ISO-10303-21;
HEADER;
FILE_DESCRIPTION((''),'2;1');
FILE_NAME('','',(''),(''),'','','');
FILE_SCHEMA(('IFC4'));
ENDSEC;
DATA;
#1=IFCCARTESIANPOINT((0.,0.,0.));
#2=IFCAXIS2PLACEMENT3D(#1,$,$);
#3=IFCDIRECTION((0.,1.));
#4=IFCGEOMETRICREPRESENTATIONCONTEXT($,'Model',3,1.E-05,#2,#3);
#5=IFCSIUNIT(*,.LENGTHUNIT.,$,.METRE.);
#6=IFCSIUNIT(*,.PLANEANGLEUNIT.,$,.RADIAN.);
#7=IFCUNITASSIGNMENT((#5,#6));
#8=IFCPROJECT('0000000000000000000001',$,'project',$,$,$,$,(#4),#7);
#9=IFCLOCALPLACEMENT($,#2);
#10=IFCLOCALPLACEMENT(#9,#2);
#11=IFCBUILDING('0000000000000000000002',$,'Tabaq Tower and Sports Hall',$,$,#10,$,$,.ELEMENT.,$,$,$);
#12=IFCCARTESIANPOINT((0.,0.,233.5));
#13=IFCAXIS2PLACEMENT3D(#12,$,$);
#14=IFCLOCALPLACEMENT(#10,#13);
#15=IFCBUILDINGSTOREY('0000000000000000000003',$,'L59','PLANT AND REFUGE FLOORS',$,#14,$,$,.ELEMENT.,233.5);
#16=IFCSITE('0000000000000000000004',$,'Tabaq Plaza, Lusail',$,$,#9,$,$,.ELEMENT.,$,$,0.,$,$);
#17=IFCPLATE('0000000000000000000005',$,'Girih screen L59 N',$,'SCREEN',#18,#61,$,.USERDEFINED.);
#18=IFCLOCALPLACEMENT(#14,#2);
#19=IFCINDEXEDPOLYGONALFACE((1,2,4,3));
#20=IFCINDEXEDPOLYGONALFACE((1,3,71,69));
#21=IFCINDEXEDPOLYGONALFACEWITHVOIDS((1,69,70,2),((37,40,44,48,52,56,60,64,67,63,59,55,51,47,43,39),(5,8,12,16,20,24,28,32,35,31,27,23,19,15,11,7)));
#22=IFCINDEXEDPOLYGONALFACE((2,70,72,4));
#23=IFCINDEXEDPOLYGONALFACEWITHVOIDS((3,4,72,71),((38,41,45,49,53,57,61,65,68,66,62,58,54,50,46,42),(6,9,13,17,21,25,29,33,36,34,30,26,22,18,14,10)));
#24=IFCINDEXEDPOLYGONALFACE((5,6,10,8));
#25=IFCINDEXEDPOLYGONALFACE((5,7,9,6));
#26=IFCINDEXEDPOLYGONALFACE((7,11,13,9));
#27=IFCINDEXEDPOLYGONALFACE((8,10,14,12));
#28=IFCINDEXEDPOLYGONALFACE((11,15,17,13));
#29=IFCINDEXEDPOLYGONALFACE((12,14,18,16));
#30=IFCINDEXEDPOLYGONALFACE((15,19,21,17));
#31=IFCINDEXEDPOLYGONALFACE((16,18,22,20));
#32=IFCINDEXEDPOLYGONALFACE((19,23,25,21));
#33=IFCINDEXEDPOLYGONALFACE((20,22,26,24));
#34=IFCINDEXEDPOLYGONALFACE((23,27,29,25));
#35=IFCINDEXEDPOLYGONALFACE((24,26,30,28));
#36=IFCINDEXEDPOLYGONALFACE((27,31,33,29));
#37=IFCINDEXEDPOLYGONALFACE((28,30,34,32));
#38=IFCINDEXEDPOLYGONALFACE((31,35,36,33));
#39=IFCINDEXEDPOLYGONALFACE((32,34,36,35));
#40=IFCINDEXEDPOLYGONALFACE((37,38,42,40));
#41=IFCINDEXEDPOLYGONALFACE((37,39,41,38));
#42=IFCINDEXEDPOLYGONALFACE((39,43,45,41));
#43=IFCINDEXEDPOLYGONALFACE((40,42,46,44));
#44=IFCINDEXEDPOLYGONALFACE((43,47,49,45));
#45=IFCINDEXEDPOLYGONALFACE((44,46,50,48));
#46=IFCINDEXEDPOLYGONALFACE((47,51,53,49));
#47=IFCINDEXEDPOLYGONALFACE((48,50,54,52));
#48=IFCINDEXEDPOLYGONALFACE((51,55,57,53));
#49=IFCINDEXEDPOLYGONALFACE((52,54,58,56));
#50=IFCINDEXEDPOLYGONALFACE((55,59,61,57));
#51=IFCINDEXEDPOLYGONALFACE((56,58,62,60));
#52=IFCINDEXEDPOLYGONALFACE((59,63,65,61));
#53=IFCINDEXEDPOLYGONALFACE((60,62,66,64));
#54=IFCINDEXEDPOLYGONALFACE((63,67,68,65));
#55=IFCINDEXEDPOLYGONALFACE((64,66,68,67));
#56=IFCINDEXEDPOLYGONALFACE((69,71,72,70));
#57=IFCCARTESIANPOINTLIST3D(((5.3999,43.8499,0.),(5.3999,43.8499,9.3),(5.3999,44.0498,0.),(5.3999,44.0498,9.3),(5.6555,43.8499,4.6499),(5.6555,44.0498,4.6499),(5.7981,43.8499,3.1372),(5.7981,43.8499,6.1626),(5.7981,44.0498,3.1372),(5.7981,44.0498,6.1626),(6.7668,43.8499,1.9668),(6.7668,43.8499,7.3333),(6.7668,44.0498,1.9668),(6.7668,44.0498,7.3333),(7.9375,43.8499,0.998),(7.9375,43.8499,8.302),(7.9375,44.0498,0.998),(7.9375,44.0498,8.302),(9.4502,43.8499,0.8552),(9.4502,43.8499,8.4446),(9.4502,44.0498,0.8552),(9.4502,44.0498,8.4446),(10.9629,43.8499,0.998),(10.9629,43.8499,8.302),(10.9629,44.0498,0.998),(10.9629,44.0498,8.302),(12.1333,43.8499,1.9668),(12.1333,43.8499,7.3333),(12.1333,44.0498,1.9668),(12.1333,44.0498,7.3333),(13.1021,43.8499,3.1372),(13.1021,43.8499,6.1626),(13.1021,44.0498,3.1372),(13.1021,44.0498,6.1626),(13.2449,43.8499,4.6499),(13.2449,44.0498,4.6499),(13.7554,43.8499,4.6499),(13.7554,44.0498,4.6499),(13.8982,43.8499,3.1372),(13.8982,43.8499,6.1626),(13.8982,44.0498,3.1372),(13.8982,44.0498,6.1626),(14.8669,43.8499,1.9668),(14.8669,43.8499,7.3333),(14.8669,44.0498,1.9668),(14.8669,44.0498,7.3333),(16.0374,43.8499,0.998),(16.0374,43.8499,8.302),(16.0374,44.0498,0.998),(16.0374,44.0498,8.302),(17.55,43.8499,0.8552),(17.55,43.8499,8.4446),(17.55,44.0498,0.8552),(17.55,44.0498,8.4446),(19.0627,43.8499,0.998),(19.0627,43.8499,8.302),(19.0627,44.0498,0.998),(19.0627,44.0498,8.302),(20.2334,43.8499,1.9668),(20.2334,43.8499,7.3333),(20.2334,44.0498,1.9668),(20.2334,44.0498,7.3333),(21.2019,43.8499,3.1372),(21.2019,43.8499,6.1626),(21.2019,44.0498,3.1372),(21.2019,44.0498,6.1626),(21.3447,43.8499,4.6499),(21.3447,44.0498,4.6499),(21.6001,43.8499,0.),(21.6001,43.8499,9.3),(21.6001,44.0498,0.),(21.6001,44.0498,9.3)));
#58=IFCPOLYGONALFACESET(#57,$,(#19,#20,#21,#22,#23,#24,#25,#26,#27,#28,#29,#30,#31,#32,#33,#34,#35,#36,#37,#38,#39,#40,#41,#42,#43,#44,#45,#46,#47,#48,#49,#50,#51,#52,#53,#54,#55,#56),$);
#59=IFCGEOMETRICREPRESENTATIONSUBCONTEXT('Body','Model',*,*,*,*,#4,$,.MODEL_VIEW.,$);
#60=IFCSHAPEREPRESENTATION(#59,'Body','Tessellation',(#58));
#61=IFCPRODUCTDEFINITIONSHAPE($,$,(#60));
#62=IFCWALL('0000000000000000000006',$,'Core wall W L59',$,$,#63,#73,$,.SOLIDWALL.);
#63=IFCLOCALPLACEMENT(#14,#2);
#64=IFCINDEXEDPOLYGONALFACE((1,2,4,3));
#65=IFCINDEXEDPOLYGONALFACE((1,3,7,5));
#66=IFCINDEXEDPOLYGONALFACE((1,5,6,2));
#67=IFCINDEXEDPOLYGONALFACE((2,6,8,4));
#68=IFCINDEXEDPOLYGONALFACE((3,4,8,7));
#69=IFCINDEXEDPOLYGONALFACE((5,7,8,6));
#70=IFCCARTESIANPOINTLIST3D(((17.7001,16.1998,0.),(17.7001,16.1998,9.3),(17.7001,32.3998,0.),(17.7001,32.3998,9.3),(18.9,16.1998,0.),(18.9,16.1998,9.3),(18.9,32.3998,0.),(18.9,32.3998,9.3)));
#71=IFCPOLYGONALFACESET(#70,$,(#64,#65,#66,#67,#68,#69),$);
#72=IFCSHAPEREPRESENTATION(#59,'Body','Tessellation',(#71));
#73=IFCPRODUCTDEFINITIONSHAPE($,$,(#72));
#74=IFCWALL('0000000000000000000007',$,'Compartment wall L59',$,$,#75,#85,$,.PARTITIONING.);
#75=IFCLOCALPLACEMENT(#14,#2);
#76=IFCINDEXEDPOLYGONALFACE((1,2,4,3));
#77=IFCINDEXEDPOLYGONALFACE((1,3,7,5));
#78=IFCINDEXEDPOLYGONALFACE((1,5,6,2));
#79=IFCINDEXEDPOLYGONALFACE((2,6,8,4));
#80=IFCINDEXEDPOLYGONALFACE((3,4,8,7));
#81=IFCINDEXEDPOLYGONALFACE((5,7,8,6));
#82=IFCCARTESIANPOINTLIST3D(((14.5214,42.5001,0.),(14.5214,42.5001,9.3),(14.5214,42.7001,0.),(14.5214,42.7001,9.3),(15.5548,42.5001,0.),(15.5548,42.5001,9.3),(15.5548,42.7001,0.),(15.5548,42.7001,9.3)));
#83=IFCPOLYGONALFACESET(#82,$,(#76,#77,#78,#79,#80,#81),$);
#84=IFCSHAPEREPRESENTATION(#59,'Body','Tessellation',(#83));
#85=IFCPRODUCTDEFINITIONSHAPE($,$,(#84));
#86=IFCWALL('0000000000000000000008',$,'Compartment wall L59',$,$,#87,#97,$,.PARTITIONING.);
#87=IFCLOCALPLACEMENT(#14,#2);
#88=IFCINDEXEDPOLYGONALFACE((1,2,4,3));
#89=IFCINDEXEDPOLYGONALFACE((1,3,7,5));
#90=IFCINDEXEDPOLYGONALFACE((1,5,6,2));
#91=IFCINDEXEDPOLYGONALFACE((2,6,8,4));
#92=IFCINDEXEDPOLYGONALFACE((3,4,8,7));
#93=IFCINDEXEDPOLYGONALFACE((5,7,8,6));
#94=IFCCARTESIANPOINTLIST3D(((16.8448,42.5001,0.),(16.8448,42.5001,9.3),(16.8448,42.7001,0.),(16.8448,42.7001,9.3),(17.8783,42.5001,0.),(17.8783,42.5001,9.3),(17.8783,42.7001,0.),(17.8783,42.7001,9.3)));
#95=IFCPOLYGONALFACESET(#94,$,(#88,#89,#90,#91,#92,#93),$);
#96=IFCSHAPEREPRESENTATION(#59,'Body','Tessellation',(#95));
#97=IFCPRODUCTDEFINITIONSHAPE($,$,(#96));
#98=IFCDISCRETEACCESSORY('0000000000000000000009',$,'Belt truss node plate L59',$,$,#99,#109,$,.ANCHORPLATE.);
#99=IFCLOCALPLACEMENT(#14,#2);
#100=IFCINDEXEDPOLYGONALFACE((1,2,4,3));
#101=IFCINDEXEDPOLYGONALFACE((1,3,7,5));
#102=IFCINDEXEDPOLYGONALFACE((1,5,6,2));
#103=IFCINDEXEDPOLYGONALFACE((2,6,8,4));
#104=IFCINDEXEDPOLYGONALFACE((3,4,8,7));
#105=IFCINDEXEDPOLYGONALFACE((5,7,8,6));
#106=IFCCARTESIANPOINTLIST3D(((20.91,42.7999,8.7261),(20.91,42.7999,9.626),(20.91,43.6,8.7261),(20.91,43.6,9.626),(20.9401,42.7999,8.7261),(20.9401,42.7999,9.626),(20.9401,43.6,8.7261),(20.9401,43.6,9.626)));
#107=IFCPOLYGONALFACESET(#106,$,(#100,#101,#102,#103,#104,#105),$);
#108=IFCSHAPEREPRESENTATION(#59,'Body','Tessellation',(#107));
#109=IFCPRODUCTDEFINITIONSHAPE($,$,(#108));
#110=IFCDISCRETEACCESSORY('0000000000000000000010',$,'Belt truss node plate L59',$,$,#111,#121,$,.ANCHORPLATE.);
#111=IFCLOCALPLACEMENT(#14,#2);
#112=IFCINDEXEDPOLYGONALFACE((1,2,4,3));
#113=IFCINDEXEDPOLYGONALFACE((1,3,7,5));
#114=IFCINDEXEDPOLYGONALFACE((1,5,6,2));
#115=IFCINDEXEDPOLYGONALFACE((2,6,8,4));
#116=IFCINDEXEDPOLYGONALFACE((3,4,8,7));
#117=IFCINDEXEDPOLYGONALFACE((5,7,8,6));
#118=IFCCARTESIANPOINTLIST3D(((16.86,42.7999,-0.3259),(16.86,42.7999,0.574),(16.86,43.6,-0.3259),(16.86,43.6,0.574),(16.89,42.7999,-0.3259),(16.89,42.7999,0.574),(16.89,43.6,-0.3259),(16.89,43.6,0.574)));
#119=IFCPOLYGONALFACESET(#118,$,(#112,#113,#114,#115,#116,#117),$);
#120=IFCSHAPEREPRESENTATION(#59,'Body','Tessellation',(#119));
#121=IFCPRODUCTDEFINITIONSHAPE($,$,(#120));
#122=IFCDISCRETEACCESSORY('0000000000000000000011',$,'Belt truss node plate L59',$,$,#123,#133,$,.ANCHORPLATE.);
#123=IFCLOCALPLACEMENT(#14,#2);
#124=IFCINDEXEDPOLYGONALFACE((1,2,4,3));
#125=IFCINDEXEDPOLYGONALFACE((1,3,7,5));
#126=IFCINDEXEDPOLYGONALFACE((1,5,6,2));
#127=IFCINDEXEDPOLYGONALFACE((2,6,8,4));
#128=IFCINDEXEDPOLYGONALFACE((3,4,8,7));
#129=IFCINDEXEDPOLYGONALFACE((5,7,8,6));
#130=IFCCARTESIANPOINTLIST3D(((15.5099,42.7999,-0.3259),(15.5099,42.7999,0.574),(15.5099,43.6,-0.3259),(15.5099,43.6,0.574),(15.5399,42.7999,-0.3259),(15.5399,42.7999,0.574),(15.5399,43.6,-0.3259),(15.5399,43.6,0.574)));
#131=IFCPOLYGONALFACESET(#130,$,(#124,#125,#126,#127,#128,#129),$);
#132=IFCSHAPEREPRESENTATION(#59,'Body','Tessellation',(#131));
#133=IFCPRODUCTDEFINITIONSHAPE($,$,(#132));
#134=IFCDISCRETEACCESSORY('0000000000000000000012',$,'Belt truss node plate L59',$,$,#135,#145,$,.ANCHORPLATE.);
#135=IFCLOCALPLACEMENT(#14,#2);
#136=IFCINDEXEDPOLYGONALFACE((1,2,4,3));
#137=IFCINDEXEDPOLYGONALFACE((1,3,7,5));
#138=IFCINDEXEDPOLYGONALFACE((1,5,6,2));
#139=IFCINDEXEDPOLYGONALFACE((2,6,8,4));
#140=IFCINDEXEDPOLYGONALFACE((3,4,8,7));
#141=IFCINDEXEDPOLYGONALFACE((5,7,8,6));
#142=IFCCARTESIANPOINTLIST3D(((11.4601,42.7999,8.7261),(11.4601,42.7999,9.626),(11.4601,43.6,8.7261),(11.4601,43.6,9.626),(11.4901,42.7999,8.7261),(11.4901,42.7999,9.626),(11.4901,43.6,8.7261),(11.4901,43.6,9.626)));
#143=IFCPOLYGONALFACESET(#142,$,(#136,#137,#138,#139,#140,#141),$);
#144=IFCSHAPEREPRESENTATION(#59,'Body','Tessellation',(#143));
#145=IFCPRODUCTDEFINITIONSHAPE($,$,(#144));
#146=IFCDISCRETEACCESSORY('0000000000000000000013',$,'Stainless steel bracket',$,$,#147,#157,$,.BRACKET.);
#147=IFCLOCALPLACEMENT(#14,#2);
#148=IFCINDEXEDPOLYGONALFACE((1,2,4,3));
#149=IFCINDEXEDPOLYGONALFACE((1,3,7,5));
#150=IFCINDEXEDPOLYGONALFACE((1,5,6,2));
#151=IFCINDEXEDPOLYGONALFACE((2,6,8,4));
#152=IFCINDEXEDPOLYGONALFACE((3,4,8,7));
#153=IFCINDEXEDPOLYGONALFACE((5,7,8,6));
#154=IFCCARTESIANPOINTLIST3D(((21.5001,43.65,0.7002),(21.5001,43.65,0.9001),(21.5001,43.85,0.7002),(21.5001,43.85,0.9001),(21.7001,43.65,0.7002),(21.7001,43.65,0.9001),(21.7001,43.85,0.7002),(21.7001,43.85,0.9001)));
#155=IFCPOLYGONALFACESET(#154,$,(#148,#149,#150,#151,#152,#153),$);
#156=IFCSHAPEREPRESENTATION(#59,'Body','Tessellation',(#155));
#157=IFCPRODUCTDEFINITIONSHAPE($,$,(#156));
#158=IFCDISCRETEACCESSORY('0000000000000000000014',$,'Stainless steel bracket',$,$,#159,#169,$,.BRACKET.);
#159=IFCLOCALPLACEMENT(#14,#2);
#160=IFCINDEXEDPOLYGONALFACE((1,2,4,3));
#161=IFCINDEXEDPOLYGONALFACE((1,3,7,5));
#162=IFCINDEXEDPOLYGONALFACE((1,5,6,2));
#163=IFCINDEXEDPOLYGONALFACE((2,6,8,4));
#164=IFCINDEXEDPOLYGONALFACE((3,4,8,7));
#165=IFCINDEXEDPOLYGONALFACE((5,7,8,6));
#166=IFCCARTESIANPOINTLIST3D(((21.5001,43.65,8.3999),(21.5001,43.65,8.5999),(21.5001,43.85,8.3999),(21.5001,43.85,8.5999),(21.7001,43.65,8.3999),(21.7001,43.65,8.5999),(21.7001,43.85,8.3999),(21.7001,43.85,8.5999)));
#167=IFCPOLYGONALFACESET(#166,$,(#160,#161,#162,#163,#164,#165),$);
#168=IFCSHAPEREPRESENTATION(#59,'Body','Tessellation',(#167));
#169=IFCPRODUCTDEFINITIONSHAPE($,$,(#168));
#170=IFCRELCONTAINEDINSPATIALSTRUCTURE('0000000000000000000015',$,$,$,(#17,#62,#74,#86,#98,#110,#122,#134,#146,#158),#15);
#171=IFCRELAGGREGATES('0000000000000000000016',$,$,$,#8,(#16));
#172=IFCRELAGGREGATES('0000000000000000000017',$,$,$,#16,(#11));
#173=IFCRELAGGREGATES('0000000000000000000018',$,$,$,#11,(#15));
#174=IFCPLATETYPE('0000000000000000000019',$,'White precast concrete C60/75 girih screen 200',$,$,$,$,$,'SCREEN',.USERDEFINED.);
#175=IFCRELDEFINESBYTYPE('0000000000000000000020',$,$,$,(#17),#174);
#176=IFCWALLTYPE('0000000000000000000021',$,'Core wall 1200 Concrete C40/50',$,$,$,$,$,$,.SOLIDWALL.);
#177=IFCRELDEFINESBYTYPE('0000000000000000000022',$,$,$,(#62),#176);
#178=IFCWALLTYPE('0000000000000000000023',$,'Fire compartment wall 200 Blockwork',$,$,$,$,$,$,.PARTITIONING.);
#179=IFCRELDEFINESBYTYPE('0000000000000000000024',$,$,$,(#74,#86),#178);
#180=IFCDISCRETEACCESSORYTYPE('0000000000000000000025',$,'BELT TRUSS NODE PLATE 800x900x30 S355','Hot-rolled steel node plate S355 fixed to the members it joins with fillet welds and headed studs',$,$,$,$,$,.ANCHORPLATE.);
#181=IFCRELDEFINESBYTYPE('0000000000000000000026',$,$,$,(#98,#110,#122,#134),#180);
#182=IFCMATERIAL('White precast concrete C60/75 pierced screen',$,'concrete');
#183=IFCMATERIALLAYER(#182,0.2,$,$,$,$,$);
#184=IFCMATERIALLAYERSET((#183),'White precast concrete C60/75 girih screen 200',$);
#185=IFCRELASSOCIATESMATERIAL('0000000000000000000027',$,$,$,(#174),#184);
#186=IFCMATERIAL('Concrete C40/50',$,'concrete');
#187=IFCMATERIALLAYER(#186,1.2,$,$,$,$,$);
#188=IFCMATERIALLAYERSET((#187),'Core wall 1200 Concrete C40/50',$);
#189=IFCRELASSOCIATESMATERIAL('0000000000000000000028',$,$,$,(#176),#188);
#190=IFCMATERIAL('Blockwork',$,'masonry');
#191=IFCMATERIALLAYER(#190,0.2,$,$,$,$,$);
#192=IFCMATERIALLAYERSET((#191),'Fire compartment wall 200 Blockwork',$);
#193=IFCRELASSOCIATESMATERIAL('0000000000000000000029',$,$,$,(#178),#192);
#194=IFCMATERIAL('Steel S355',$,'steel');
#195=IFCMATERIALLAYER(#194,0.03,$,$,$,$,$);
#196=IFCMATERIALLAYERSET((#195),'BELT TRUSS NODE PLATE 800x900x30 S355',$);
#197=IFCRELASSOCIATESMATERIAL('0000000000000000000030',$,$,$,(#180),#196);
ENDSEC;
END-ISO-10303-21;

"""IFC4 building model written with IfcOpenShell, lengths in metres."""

from ifc_helpers import new_model, si_unit, direction, frame, frame_2d, origin, origin_2d, place, context, subcontext, project, spatial, polyline, rectangle, outline, extrude, material, layer, layer_set, type_object, element, save


model = new_model("IFC4")

# Units and contexts
model_context = context("Model", 3, precision=1e-05, world=origin(), true_north=direction((0.0, 1.0)))
body_context = subcontext(model_context, "Body", "Model", "MODEL_VIEW")
ifc_project = project(units=[si_unit("LENGTHUNIT", "METRE"), si_unit("PLANEANGLEUNIT", "RADIAN")], contexts=[model_context])

# Site, building, storey
site_placement = place(None, origin())
site = spatial("IfcSite", under=ifc_project, at=site_placement, Name="Tabaq Plaza, Lusail", CompositionType="ELEMENT", RefElevation=0.0)
building_placement = place(site_placement, origin())
building = spatial("IfcBuilding", under=site, at=building_placement, Name="Tabaq Tower and Sports Hall", CompositionType="ELEMENT")
storey_placement = place(building_placement, frame((0.0, 0.0, 233.5)))
storey = spatial("IfcBuildingStorey", under=building, at=storey_placement, Name="L59", Description="PLANT AND REFUGE FLOORS", CompositionType="ELEMENT", Elevation=233.5)

# Plate
ifc_material_1 = material(Name="White precast concrete C60/75 pierced screen", Category="concrete")
ifc_layer_1 = layer(ifc_material_1, 0.2)
ifc_layer_set_1 = layer_set([ifc_layer_1], Name="White precast concrete C60/75 girih screen 200")
plate_type_1 = type_object("IfcPlateType", Name="White precast concrete C60/75 girih screen 200", ElementType="SCREEN", PredefinedType="USERDEFINED", material=ifc_layer_set_1)
plate_1_placement = place(storey_placement, frame((21.6001, 43.95, 0.0), z_axis=(0.0, 0.0, 1.0), x_axis=(-1.0, 0.0, 0.0)))
element("IfcPlate", 1, at=plate_1_placement, inside=storey, type_object=plate_type_1, Name="Girih screen L59 N", ObjectType="SCREEN", PredefinedType="USERDEFINED", context=body_context, shape_type="SweptSolid", body=[
    extrude(outline(polyline([(0.0, 0.0), (16.2002, 0.0), (16.2002, 9.3), (0.0, 9.3), (0.0, 0.0)]), holes=[polyline([(7.7019, 6.1626), (6.7332, 7.3333), (5.5627, 8.302), (4.05, 8.4446), (2.5374, 8.302), (1.3667, 7.3333), (0.3982, 6.1626), (0.2554, 4.6499), (0.3982, 3.1372), (1.3667, 1.9668), (2.5374, 0.998), (4.05, 0.8552), (5.5627, 0.998), (6.7332, 1.9668), (7.7019, 3.1372), (7.8447, 4.6499), (7.7019, 6.1626)]), polyline([(15.802, 6.1626), (14.8333, 7.3333), (13.6626, 8.302), (12.1499, 8.4446), (10.6372, 8.302), (9.4668, 7.3333), (8.498, 6.1626), (8.3552, 4.6499), (8.498, 3.1372), (9.4668, 1.9668), (10.6372, 0.998), (12.1499, 0.8552), (13.6626, 0.998), (14.8333, 1.9668), (15.802, 3.1372), (15.9446, 4.6499), (15.802, 6.1626)])]), frame((0.0, 0.1001, 0.0), z_axis=(0.0, -1.0, 0.0), x_axis=(1.0, 0.0, 0.0)), (0.0, 0.0, 1.0), 0.2),
])

# Walls
ifc_material_2 = material(Name="Concrete C40/50", Category="concrete")
ifc_layer_2 = layer(ifc_material_2, 1.2)
ifc_layer_set_2 = layer_set([ifc_layer_2], Name="Core wall 1200 Concrete C40/50")
wall_type_1 = type_object("IfcWallType", Name="Core wall 1200 Concrete C40/50", PredefinedType="SOLIDWALL", material=ifc_layer_set_2)
wall_placement = place(storey_placement, frame((18.3, 32.3999, 0.0), z_axis=(0.0, 0.0, 1.0), x_axis=(0.0, -1.0, 0.0)))
element("IfcWall", 2, at=wall_placement, inside=storey, type_object=wall_type_1, Name="Core wall W L59", PredefinedType="SOLIDWALL", context=body_context, shape_type="SweptSolid", body=[
    extrude(rectangle(XDim=16.2, YDim=1.2, at=frame_2d((8.1001, 0.0))), origin(), (0.0, 0.0, 1.0), 9.3),
])
ifc_material_3 = material(Name="Blockwork", Category="masonry")
ifc_layer_3 = layer(ifc_material_3, 0.2)
ifc_layer_set_3 = layer_set([ifc_layer_3], Name="Fire compartment wall 200 Blockwork")
wall_type_2 = type_object("IfcWallType", Name="Fire compartment wall 200 Blockwork", PredefinedType="PARTITIONING", material=ifc_layer_set_3)
for number, where, z_axis, x_axis, name in (
    (3, (14.5215, 42.6001, 0.0), (0.0, 0.0, 1.0), (1.0, 0.0, 0.0), "Compartment wall L59"),
    (4, (16.845, 42.6001, 0.0), (0.0, 0.0, 1.0), (1.0, 0.0, 0.0), "Compartment wall L59"),
):
    element("IfcWall", number, at=place(storey_placement, frame(where, z_axis=z_axis, x_axis=x_axis)), inside=storey, type_object=wall_type_2, Name=name, PredefinedType="PARTITIONING", context=body_context, shape_type="SweptSolid", body=[
        extrude(rectangle(XDim=1.0334, YDim=0.2, at=frame_2d((0.5166, 0.0))), origin(), (0.0, 0.0, 1.0), 9.3),
    ])

# Discrete accessories
ifc_material_4 = material(Name="Steel S355", Category="steel")
ifc_layer_4 = layer(ifc_material_4, 0.03)
ifc_layer_set_4 = layer_set([ifc_layer_4], Name="BELT TRUSS NODE PLATE 800x900x30 S355")
discrete_accessory_type = type_object("IfcDiscreteAccessoryType", Name="BELT TRUSS NODE PLATE 800x900x30 S355", Description="Hot-rolled steel node plate S355 fixed to the members it joins with fillet welds and headed studs", PredefinedType="ANCHORPLATE", material=ifc_layer_set_4)
for number, where, z_axis, x_axis, name in (
    (5, (20.925, 43.2, 8.7261), (0.0, 0.0, 1.0), (-1.0, 0.0, 0.0), "Belt truss node plate L59"),
    (6, (16.875, 43.2, -0.3259), (0.0, 0.0, 1.0), (-1.0, 0.0, 0.0), "Belt truss node plate L59"),
    (7, (15.5249, 43.2, -0.3259), (0.0, 0.0, 1.0), (-1.0, 0.0, 0.0), "Belt truss node plate L59"),
    (8, (11.4751, 43.2, 8.7261), (0.0, 0.0, 1.0), (-1.0, 0.0, 0.0), "Belt truss node plate L59"),
):
    element("IfcDiscreteAccessory", number, at=place(storey_placement, frame(where, z_axis=z_axis, x_axis=x_axis)), inside=storey, type_object=discrete_accessory_type, Name=name, PredefinedType="ANCHORPLATE", context=body_context, shape_type="SweptSolid", body=[
        extrude(rectangle(XDim=0.03, YDim=0.8, at=origin_2d()), origin(), (0.0, 0.0, 1.0), 0.8999),
    ])
for number, where, z_axis, x_axis, name in (
    (9, (21.6001, 43.75, 0.7002), (0.0, 0.0, 1.0), (0.0, -1.0, 0.0), "Stainless steel bracket"),
    (10, (21.6001, 43.75, 8.3999), (0.0, 0.0, 1.0), (0.0, -1.0, 0.0), "Stainless steel bracket"),
):
    element("IfcDiscreteAccessory", number, at=place(storey_placement, frame(where, z_axis=z_axis, x_axis=x_axis)), inside=storey, Name=name, PredefinedType="BRACKET", context=body_context, shape_type="SweptSolid", body=[
        extrude(rectangle(XDim=0.2, YDim=0.2, at=origin_2d()), origin(), (0.0, 0.0, 1.0), 0.2),
    ])

save(model, "model.ifc")
